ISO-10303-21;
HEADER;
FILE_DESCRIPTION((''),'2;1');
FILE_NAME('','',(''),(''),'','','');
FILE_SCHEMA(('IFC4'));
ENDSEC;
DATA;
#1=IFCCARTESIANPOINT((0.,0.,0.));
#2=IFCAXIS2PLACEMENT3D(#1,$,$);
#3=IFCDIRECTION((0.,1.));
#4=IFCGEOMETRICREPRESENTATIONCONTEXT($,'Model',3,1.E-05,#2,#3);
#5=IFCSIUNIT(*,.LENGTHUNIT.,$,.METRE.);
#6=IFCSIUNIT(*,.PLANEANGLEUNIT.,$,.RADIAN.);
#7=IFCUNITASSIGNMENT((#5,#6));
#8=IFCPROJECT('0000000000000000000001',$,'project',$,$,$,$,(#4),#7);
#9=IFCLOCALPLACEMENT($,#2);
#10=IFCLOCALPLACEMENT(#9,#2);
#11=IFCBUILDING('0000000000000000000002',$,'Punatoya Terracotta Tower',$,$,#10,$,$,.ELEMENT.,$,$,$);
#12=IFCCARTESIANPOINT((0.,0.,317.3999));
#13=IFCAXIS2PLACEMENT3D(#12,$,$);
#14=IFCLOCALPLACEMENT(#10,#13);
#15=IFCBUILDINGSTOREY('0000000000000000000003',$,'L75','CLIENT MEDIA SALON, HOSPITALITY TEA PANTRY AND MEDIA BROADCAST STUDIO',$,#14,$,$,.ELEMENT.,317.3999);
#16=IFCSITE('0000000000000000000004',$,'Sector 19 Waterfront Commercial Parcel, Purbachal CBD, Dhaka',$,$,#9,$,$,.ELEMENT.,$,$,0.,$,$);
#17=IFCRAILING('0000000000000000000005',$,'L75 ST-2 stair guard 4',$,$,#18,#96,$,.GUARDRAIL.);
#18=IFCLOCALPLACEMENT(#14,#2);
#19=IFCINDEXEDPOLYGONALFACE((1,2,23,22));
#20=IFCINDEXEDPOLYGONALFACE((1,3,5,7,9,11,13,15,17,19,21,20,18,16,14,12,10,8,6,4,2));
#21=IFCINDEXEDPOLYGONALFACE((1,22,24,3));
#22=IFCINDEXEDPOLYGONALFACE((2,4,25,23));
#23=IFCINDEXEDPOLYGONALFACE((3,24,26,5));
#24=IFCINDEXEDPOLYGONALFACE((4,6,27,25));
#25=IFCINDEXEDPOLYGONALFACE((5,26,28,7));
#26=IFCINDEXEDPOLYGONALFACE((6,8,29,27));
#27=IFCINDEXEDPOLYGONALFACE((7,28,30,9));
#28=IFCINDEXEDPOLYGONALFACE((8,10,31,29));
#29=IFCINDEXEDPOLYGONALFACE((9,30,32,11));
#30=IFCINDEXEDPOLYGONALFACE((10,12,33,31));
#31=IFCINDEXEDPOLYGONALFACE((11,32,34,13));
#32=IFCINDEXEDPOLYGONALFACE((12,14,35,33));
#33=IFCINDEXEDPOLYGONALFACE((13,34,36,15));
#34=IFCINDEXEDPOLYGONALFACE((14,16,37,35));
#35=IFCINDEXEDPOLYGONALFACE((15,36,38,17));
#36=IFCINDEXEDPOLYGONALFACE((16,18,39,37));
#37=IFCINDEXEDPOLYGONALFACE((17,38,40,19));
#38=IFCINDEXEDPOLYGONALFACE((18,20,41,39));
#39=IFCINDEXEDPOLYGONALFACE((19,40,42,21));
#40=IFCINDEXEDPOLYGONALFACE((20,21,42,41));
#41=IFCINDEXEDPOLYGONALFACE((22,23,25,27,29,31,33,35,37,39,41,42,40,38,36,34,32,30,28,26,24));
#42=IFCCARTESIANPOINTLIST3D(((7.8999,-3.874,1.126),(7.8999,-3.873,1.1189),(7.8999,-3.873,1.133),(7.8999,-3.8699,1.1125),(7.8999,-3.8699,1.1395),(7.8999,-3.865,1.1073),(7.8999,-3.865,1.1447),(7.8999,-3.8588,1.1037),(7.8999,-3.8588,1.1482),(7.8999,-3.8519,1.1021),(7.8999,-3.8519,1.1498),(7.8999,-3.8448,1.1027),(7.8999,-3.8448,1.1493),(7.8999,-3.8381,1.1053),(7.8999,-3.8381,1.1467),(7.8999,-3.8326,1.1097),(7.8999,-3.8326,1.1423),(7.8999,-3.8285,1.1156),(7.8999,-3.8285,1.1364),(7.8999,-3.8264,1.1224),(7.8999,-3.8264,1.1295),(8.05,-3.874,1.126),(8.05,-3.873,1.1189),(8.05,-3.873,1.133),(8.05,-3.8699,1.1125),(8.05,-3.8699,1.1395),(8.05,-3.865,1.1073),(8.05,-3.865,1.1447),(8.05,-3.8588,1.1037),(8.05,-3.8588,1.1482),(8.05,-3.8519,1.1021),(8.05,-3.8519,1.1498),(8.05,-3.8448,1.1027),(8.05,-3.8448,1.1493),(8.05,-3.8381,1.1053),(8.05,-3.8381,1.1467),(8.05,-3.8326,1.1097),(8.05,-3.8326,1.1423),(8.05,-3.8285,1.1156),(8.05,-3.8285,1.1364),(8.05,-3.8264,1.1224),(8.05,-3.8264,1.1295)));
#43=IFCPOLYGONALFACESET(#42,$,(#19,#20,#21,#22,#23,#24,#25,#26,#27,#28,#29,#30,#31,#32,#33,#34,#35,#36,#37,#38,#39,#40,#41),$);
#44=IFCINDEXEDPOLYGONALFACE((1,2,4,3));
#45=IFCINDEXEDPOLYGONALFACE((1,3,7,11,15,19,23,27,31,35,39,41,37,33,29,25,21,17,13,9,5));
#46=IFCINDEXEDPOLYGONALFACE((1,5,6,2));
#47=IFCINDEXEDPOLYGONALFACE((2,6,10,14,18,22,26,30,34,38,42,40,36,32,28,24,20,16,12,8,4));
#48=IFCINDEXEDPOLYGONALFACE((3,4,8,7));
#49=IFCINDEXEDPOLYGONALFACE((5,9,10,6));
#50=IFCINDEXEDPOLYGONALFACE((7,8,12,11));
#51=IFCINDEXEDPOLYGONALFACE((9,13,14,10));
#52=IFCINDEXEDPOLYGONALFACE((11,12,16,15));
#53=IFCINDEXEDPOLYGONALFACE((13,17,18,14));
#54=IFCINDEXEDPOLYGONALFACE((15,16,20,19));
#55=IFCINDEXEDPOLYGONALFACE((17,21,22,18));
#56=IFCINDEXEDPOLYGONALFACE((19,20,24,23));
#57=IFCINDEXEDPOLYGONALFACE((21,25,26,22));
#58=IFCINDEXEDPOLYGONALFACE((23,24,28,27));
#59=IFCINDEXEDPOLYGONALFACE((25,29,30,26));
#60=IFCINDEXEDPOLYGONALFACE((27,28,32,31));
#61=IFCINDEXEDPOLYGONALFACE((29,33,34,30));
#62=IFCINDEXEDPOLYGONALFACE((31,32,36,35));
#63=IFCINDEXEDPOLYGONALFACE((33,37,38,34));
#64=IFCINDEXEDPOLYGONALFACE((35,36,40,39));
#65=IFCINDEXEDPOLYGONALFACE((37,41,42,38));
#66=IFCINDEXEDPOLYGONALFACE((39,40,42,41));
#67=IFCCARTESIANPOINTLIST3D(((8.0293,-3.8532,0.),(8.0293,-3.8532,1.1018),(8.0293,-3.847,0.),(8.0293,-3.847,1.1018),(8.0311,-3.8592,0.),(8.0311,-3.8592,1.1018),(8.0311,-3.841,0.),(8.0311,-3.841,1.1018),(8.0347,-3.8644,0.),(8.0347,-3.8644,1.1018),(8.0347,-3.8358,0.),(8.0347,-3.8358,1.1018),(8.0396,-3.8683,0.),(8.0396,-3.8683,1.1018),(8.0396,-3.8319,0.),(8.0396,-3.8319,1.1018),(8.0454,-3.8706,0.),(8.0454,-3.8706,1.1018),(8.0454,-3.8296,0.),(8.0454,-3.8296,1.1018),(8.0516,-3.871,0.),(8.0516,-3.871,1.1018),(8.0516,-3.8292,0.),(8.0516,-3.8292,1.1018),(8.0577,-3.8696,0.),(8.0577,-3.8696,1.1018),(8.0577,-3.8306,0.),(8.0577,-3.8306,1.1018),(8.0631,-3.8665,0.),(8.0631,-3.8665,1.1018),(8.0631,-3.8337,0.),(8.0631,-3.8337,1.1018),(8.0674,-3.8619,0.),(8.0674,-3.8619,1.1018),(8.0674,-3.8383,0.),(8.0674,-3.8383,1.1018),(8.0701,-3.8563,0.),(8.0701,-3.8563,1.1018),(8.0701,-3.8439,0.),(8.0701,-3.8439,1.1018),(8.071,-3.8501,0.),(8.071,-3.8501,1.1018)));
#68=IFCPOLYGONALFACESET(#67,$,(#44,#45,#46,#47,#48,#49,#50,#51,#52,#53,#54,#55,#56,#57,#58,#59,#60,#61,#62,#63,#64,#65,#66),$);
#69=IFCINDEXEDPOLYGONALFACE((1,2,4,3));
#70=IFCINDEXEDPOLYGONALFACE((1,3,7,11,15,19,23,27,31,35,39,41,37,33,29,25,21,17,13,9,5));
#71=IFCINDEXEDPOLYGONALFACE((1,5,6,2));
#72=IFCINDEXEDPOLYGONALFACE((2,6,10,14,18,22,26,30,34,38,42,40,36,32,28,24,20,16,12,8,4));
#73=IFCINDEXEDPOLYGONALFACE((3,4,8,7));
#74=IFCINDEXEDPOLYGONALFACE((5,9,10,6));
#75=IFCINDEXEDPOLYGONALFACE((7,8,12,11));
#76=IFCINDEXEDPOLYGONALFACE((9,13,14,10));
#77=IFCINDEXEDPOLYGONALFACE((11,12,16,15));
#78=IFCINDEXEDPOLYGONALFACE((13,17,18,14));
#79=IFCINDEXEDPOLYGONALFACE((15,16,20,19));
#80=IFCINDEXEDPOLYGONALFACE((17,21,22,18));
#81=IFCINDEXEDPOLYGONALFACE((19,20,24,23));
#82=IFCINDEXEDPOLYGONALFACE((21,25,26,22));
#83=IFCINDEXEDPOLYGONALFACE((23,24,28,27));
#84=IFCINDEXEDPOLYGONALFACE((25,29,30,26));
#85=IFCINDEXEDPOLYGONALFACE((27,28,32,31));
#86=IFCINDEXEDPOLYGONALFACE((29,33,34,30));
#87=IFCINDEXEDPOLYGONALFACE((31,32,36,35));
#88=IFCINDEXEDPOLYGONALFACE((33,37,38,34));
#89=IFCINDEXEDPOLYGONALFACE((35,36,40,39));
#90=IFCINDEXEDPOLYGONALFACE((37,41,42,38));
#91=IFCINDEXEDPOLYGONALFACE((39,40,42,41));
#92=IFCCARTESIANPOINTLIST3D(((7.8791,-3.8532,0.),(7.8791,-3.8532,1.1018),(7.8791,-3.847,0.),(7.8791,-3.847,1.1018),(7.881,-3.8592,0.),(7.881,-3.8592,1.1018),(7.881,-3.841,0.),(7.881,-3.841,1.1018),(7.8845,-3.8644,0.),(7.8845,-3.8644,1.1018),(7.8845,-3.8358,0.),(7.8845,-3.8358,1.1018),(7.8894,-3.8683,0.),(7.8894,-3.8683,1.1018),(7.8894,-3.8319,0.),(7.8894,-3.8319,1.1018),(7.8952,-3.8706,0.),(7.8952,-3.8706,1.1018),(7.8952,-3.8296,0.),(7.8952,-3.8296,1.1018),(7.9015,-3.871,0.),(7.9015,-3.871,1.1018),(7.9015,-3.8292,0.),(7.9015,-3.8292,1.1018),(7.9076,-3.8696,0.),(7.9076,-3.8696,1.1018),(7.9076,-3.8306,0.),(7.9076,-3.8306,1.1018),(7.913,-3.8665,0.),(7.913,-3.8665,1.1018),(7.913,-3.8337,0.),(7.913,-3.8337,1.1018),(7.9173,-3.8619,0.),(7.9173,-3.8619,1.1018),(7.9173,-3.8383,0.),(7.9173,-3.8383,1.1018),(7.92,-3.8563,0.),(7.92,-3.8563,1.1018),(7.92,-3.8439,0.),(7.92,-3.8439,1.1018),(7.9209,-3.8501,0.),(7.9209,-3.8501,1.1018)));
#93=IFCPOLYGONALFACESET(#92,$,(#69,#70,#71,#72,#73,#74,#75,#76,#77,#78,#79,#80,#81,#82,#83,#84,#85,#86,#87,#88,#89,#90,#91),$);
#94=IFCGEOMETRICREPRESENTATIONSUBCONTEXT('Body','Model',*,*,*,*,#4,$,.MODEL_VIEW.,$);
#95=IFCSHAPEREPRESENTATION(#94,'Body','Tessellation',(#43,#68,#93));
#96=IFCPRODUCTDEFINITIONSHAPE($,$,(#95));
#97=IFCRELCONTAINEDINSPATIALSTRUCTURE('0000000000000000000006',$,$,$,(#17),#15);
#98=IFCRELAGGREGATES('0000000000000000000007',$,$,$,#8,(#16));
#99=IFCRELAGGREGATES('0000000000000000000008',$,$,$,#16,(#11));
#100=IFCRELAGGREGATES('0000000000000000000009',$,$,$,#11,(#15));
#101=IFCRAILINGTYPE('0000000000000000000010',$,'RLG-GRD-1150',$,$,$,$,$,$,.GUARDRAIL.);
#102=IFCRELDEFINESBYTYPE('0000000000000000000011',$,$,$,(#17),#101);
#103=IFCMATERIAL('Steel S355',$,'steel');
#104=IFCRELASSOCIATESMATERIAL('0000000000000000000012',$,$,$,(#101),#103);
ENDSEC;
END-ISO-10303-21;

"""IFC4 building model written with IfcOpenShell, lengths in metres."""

from ifc_helpers import new_model, si_unit, direction, frame, origin, origin_2d, place, context, subcontext, project, spatial, circle, extrude, material, type_object, element, save


model = new_model("IFC4")

# Units and contexts
model_context = context("Model", 3, precision=1e-05, world=origin(), true_north=direction((0.0, 1.0)))
body_context = subcontext(model_context, "Body", "Model", "MODEL_VIEW")
ifc_project = project(units=[si_unit("LENGTHUNIT", "METRE"), si_unit("PLANEANGLEUNIT", "RADIAN")], contexts=[model_context])

# Site, building, storey
site_placement = place(None, origin())
site = spatial("IfcSite", under=ifc_project, at=site_placement, Name="Sector 19 Waterfront Commercial Parcel, Purbachal CBD, Dhaka", CompositionType="ELEMENT", RefElevation=0.0)
building_placement = place(site_placement, origin())
building = spatial("IfcBuilding", under=site, at=building_placement, Name="Punatoya Terracotta Tower", CompositionType="ELEMENT")
storey_placement = place(building_placement, frame((0.0, 0.0, 317.3999)))
storey = spatial("IfcBuildingStorey", under=building, at=storey_placement, Name="L75", Description="CLIENT MEDIA SALON, HOSPITALITY TEA PANTRY AND MEDIA BROADCAST STUDIO", CompositionType="ELEMENT", Elevation=317.3999)

# Railing
ifc_material_1 = material(Name="Steel S355", Category="steel")
railing_type_1 = type_object("IfcRailingType", Name="RLG-GRD-1150", PredefinedType="GUARDRAIL", material=ifc_material_1)
railing_1_placement = place(storey_placement, frame((8.05, -3.8501, 0.0)))
element("IfcRailing", 1, at=railing_1_placement, inside=storey, type_object=railing_type_1, Name="L75 ST-2 stair guard 4", PredefinedType="GUARDRAIL", context=body_context, shape_type="SweptSolid", body=[
    extrude(circle(Radius=0.0239, at=origin_2d()), frame((0.0, 0.0, 1.126), z_axis=(-1.0, 0.0, 0.0), x_axis=(0.0, -1.0, 0.0)), (0.0, 0.0, 1.0), 0.1501),
    extrude(circle(Radius=0.021, at=origin_2d()), origin(), (0.0, 0.0, 1.0), 1.1018),
    extrude(circle(Radius=0.021, at=origin_2d()), frame((-0.1501, 0.0, 0.0)), (0.0, 0.0, 1.0), 1.1018),
])

save(model, "model.ifc")
